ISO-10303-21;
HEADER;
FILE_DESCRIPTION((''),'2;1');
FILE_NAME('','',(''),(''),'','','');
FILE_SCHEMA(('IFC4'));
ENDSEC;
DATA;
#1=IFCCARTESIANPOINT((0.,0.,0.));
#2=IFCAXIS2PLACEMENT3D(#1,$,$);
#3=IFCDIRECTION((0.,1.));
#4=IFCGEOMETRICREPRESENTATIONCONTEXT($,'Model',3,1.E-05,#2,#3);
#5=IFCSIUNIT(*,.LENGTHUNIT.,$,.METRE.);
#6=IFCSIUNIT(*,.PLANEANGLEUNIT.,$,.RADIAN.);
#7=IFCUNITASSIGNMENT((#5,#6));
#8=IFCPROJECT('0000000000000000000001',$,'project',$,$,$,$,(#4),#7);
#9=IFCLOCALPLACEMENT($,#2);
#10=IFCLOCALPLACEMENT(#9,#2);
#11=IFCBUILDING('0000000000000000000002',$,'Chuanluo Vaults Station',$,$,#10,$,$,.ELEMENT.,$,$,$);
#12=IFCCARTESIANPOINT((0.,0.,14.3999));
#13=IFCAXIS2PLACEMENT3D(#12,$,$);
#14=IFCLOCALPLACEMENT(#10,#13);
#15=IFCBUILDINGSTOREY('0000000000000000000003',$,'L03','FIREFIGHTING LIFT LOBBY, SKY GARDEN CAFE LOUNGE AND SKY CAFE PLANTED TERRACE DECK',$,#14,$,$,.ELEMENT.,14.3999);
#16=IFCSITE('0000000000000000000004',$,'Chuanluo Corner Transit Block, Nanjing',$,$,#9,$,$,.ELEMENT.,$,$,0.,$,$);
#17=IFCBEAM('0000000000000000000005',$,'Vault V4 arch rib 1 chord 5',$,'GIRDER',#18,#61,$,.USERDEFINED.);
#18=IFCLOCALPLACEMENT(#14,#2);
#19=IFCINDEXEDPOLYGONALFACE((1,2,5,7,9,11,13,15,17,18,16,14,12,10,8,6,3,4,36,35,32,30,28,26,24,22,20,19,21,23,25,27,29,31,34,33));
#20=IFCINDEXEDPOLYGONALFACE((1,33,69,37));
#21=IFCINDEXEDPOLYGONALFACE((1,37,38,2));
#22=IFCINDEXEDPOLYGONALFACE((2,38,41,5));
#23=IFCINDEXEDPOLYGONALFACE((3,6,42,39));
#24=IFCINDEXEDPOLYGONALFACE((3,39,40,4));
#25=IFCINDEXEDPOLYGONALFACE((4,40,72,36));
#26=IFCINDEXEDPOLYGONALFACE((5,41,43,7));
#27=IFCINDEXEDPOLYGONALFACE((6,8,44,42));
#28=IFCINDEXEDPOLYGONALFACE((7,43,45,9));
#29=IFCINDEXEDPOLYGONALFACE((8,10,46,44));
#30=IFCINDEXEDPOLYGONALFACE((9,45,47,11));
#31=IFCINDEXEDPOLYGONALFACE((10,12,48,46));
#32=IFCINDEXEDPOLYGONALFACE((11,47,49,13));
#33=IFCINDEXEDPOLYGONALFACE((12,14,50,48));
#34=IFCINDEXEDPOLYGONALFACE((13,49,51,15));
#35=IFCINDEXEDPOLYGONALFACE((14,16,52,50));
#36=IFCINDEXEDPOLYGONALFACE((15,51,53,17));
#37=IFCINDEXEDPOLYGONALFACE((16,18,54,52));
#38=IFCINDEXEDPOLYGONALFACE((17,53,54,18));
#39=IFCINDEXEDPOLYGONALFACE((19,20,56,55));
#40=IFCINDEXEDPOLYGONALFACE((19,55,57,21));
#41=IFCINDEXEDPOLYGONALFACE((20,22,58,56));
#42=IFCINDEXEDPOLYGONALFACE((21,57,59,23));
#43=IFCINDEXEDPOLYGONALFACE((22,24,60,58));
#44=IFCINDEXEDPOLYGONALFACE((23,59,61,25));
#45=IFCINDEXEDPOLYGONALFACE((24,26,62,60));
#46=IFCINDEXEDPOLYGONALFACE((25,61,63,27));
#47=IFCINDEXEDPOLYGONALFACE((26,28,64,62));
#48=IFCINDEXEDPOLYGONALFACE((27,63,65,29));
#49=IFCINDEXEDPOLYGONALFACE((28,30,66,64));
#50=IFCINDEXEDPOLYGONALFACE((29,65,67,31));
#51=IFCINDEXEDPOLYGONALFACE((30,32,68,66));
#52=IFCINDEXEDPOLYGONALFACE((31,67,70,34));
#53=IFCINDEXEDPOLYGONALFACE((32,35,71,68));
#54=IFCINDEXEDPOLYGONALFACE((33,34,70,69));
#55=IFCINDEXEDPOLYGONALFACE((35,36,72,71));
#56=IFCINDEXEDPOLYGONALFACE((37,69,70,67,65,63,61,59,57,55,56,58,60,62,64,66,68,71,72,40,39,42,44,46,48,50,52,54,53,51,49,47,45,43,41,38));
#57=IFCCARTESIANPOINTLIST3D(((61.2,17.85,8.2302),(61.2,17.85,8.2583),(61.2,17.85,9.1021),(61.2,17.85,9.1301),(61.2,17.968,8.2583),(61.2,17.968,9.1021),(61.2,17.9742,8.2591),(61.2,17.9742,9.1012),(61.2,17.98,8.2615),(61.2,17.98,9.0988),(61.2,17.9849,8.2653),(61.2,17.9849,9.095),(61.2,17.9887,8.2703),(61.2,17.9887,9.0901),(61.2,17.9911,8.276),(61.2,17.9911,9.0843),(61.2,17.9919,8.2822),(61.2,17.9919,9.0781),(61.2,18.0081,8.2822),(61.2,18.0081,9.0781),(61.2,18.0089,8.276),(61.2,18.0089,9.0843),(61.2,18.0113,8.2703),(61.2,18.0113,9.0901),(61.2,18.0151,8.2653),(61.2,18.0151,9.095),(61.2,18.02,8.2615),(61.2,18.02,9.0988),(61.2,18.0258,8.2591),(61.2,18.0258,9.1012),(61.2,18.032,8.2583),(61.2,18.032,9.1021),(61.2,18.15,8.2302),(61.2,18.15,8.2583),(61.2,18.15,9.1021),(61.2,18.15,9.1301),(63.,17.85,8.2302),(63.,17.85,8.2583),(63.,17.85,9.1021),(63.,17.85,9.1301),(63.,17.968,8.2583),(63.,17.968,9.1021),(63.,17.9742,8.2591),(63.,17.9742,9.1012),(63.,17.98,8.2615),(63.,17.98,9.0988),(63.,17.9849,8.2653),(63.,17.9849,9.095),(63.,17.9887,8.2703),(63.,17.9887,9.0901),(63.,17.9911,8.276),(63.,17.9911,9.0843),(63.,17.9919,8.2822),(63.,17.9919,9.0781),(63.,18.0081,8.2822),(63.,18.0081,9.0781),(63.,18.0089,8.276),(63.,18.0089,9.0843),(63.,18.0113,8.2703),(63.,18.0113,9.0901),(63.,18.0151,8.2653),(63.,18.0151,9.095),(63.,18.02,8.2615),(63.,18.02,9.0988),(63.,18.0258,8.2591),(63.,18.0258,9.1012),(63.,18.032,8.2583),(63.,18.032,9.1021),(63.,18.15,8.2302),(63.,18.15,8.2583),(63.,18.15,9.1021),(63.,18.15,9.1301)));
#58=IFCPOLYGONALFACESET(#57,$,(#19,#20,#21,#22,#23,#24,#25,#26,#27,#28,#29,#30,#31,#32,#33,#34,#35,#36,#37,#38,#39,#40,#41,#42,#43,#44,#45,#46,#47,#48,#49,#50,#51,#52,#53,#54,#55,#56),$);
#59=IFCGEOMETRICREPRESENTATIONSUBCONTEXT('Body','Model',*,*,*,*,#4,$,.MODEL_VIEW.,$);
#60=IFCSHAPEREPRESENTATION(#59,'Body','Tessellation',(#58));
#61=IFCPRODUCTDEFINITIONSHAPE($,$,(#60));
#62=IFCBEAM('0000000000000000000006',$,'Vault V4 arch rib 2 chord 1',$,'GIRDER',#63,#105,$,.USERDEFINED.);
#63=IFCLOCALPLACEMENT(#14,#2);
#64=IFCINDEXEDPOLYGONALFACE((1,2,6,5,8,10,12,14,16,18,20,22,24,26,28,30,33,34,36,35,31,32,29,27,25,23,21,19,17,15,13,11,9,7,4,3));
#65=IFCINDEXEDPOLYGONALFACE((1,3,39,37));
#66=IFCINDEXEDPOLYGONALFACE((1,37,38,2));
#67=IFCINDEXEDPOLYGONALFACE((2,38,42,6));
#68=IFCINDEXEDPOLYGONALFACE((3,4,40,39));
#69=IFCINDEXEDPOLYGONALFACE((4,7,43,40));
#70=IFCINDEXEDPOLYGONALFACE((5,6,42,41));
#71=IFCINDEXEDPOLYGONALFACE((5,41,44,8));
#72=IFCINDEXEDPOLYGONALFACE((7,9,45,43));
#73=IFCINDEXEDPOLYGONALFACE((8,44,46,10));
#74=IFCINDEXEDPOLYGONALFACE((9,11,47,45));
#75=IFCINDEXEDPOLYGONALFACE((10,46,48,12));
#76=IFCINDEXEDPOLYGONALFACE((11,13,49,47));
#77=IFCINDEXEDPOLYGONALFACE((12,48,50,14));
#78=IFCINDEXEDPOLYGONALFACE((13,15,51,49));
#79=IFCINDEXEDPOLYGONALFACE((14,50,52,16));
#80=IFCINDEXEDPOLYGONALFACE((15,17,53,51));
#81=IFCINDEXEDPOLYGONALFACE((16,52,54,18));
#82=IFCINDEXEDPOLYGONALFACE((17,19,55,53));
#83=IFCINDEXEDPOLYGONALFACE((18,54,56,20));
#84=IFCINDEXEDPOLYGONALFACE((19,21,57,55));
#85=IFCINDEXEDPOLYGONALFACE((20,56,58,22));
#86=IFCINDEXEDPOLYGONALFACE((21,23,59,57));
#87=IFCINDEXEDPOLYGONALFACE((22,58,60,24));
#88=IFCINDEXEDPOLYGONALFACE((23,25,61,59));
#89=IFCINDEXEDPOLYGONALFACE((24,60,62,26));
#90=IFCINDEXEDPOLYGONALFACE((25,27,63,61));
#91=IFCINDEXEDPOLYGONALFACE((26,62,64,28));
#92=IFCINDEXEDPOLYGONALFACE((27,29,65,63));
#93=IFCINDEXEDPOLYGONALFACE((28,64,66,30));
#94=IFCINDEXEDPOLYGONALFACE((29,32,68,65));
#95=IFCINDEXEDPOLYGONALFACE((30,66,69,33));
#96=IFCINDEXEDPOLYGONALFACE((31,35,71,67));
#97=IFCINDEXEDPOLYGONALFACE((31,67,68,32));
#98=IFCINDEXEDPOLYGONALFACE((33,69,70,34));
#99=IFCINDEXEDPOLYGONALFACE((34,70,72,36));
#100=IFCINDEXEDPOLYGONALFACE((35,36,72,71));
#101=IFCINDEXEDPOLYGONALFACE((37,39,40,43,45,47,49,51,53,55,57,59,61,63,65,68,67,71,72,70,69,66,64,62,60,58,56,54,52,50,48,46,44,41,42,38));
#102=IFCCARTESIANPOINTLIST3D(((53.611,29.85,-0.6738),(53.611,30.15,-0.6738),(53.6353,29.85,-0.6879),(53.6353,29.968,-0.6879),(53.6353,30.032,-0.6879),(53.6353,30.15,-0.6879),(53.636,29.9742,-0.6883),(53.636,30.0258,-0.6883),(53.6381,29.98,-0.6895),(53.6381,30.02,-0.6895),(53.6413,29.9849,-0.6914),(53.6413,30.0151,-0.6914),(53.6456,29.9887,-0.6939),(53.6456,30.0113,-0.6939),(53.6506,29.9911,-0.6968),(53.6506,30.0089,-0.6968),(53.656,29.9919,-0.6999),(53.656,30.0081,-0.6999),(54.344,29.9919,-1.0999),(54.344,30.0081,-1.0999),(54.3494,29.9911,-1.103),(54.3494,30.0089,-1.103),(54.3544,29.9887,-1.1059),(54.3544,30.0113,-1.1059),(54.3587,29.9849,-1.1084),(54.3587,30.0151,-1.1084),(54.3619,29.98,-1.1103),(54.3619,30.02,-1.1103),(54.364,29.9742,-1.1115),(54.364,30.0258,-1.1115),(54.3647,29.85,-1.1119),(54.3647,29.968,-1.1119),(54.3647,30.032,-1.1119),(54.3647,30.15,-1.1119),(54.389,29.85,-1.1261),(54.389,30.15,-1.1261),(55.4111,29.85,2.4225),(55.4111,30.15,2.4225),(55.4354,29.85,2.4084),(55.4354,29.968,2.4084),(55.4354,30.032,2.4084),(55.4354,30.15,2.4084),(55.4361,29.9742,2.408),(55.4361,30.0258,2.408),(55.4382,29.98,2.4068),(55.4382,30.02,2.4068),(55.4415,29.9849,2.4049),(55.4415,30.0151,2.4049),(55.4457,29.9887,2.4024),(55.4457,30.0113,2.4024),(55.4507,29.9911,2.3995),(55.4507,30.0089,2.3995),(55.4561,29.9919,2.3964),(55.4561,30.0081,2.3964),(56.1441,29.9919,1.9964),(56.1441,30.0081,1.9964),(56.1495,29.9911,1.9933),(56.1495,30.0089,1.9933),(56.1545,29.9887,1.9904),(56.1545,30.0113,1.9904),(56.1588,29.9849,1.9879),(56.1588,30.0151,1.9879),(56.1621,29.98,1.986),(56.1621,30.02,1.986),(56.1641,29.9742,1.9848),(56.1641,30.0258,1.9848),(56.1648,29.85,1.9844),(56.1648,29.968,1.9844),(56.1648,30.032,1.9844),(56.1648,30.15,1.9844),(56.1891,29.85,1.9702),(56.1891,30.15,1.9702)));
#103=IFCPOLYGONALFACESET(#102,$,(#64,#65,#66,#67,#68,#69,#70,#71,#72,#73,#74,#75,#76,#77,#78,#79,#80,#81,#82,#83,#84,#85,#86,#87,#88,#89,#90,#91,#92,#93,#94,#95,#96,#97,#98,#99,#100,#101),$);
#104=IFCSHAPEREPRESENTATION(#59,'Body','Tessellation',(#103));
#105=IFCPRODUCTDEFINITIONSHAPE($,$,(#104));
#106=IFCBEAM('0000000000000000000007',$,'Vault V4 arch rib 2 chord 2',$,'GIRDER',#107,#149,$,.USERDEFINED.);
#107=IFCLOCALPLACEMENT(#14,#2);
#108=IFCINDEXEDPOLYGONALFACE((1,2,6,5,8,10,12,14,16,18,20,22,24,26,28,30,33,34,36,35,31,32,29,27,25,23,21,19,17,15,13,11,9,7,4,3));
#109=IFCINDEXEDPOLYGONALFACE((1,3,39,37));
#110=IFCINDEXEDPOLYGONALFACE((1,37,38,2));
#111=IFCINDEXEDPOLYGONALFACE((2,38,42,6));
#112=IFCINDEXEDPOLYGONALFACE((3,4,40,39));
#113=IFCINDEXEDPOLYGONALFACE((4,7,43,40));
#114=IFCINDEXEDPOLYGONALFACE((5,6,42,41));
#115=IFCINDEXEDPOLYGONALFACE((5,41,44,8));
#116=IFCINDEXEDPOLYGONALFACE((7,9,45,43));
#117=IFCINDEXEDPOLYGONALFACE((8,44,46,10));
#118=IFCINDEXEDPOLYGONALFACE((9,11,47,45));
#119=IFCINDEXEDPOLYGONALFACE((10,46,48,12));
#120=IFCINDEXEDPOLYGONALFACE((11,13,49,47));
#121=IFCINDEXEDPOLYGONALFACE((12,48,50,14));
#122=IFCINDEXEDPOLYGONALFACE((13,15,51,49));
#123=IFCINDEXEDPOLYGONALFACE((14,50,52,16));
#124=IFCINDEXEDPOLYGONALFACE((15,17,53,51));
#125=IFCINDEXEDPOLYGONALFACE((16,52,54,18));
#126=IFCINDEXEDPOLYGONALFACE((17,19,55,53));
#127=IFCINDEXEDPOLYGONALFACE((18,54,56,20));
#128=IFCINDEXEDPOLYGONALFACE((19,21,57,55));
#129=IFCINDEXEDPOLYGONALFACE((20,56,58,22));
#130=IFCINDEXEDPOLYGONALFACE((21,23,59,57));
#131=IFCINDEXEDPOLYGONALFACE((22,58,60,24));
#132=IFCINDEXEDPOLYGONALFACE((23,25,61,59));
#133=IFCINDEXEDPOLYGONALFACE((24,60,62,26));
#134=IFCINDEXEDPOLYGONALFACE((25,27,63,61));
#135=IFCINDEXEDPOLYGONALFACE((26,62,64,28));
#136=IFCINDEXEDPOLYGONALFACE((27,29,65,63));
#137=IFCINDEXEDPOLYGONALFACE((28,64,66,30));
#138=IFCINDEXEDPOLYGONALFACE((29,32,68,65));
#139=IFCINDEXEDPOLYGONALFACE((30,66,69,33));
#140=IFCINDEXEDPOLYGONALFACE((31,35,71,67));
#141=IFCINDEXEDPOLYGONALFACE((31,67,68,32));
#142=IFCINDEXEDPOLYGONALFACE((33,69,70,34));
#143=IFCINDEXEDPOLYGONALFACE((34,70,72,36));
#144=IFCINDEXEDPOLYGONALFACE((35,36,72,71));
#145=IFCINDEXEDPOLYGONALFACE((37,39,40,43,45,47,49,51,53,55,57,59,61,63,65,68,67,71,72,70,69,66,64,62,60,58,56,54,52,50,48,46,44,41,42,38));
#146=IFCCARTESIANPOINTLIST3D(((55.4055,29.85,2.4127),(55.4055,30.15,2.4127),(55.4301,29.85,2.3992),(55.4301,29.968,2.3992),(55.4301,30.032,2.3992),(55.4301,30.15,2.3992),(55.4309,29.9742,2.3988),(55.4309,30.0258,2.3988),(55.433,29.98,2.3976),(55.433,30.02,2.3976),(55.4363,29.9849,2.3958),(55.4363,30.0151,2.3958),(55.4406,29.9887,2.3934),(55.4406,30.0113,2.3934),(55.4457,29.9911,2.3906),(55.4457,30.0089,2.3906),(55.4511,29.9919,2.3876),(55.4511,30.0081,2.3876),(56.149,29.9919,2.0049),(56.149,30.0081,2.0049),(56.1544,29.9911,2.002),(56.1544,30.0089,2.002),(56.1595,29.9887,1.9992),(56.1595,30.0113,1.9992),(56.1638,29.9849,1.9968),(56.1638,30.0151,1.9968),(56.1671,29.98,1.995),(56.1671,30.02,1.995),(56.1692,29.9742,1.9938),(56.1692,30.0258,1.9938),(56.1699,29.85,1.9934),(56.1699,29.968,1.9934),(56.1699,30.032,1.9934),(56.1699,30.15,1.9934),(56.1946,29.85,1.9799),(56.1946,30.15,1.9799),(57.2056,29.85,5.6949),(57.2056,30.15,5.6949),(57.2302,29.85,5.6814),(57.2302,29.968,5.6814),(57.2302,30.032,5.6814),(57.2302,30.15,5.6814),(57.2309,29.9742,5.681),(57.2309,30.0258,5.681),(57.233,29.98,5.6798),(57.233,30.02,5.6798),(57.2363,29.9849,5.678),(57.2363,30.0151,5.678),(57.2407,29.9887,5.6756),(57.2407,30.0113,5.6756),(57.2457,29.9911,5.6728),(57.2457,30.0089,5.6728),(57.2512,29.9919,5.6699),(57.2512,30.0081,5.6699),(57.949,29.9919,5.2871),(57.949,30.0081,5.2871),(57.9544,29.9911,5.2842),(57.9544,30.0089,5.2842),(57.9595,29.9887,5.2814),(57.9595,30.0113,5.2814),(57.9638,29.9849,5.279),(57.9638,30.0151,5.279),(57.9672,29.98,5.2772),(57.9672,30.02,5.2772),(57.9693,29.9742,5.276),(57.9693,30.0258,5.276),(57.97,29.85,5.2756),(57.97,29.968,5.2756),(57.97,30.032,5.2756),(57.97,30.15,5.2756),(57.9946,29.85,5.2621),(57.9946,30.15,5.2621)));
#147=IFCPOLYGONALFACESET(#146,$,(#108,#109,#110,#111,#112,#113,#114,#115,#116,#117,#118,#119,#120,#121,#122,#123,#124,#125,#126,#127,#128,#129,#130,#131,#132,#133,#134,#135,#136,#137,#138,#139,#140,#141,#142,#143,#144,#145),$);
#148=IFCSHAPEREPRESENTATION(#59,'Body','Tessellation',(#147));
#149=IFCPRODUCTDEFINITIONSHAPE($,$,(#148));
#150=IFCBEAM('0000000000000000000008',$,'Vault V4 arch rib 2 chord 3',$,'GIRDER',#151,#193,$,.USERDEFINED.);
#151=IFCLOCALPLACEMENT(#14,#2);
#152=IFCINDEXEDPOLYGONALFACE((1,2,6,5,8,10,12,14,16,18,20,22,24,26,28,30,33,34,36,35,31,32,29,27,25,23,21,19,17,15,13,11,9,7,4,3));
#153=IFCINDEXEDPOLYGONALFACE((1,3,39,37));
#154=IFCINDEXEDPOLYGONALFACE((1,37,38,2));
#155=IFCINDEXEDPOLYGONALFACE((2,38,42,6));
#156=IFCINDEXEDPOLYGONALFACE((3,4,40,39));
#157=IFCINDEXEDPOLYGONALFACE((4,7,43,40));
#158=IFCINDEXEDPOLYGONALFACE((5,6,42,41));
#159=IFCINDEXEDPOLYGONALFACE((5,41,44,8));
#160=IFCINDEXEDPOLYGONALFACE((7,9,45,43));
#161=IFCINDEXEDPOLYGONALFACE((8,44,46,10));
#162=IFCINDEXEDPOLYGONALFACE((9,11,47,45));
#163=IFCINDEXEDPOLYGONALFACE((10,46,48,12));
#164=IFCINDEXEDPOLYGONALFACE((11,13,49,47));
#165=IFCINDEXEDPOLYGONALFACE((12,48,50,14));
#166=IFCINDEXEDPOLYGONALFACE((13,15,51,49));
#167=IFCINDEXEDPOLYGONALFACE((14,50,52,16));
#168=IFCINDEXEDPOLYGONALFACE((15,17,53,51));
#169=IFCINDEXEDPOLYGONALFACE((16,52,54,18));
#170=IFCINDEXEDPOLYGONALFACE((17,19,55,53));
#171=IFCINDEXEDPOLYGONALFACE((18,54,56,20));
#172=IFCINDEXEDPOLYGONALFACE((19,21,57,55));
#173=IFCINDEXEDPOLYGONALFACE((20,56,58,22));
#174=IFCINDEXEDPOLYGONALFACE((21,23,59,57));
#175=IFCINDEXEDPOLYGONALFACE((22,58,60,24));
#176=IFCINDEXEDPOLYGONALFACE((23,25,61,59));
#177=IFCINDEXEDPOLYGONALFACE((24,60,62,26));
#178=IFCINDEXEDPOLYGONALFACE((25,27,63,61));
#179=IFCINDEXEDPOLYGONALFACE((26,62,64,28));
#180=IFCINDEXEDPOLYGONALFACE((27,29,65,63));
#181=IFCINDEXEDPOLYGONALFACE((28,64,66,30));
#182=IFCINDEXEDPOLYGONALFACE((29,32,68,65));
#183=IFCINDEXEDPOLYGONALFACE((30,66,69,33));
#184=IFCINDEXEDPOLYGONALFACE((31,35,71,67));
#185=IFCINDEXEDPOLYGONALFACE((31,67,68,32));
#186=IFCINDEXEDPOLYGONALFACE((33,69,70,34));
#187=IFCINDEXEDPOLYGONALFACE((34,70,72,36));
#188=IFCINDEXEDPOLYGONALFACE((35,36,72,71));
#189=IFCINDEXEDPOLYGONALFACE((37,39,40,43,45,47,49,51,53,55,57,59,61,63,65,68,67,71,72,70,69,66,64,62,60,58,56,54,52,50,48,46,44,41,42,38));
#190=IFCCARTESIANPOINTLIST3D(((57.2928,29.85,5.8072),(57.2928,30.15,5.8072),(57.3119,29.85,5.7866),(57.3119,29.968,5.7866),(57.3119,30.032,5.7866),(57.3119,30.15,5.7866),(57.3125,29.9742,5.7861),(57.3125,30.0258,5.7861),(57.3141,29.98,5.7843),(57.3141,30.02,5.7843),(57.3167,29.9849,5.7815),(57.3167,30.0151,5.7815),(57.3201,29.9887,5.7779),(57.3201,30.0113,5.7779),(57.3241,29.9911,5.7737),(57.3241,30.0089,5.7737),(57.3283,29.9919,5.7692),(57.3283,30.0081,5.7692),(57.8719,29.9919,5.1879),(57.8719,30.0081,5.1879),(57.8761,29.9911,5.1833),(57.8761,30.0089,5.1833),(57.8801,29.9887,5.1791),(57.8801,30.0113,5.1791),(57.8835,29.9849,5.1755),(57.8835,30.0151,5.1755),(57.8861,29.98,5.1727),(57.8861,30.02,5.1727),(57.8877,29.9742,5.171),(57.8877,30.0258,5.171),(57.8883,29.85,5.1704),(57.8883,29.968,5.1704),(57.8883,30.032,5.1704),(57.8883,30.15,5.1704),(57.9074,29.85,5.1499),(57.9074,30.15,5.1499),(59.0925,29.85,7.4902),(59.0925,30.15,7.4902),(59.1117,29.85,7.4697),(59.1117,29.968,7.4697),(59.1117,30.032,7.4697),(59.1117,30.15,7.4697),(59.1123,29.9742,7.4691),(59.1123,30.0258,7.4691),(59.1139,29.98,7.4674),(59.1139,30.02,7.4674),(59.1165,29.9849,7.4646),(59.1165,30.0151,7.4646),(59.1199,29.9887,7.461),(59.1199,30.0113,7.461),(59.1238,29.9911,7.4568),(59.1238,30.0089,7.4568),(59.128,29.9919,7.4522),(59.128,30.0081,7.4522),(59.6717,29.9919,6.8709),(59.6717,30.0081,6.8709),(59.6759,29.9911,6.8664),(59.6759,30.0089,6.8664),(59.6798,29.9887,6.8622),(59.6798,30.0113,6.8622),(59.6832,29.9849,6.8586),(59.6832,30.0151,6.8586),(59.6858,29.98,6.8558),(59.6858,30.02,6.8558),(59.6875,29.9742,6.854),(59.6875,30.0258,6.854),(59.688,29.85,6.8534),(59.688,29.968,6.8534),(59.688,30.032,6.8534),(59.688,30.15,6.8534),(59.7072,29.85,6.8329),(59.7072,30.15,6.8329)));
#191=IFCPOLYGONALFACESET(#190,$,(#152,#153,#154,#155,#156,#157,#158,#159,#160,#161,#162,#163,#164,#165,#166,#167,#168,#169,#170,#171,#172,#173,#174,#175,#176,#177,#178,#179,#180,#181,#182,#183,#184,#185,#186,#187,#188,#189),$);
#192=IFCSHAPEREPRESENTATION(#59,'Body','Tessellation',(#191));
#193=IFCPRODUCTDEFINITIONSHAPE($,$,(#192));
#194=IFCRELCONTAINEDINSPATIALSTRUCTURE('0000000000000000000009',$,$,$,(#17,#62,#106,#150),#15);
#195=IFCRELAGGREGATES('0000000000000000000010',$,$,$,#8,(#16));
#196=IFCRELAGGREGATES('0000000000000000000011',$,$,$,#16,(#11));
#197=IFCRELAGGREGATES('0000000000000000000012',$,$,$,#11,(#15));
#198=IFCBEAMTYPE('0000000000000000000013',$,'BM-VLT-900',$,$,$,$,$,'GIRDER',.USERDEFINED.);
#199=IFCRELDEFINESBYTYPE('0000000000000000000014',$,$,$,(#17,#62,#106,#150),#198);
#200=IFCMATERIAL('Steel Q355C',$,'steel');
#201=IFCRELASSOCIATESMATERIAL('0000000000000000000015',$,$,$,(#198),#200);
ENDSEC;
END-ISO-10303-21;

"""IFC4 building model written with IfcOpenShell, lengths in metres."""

from ifc_helpers import new_model, si_unit, direction, frame, origin, origin_2d, place, context, subcontext, project, spatial, i_section, extrude, material, material_profile, profile_set, type_object, element, save


model = new_model("IFC4")

# Units and contexts
model_context = context("Model", 3, precision=1e-05, world=origin(), true_north=direction((0.0, 1.0)))
body_context = subcontext(model_context, "Body", "Model", "MODEL_VIEW")
ifc_project = project(units=[si_unit("LENGTHUNIT", "METRE"), si_unit("PLANEANGLEUNIT", "RADIAN")], contexts=[model_context])

# Site, building, storey
site_placement = place(None, origin())
site = spatial("IfcSite", under=ifc_project, at=site_placement, Name="Chuanluo Corner Transit Block, Nanjing", CompositionType="ELEMENT", RefElevation=0.0)
building_placement = place(site_placement, origin())
building = spatial("IfcBuilding", under=site, at=building_placement, Name="Chuanluo Vaults Station", CompositionType="ELEMENT")
storey_placement = place(building_placement, frame((0.0, 0.0, 14.3999)))
storey = spatial("IfcBuildingStorey", under=building, at=storey_placement, Name="L03", Description="FIREFIGHTING LIFT LOBBY, SKY GARDEN CAFE LOUNGE AND SKY CAFE PLANTED TERRACE DECK", CompositionType="ELEMENT", Elevation=14.3999)

# Beams
ifc_material_1 = material(Name="Steel Q355C", Category="steel")
ifc_material_profile_1 = material_profile(ifc_material_1, i_section(OverallWidth=0.3, OverallDepth=0.8999, WebThickness=0.0161, FlangeThickness=0.0281, FilletRadius=0.0239, at=origin_2d()))
ifc_profile_set_1 = profile_set([ifc_material_profile_1], Name="Steel Q355C")
beam_type_1 = type_object("IfcBeamType", Name="BM-VLT-900", ElementType="GIRDER", PredefinedType="USERDEFINED", material=ifc_profile_set_1)
beam_1_placement = place(storey_placement, frame((61.2, 18.0, 8.6802), z_axis=(1.0, 0.0, 0.0), x_axis=(0.0, 1.0, 0.0)))
element("IfcBeam", 1, at=beam_1_placement, inside=storey, type_object=beam_type_1, Name="Vault V4 arch rib 1 chord 5", ObjectType="GIRDER", PredefinedType="USERDEFINED", context=body_context, shape_type="SweptSolid", body=[
    extrude(i_section(OverallWidth=0.3, OverallDepth=0.8999, WebThickness=0.0161, FlangeThickness=0.0281, FilletRadius=0.0239, at=origin_2d()), origin(), (0.0, 0.0, 1.0), 1.8),
])
beam_2_placement = place(storey_placement, frame((54.0, 30.0, -0.8999), z_axis=(0.502607, 0.0, 0.864515), x_axis=(0.0, 1.0, 0.0)))
element("IfcBeam", 2, at=beam_2_placement, inside=storey, type_object=beam_type_1, Name="Vault V4 arch rib 2 chord 1", ObjectType="GIRDER", PredefinedType="USERDEFINED", context=body_context, shape_type="SweptSolid", body=[
    extrude(i_section(OverallWidth=0.3, OverallDepth=0.8999, WebThickness=0.0161, FlangeThickness=0.0281, FilletRadius=0.0239, at=origin_2d()), origin(), (0.0, 0.0, 1.0), 3.5815),
])
beam_3_placement = place(storey_placement, frame((55.8, 30.0, 2.1963), z_axis=(0.480857, 0.0, 0.876799), x_axis=(0.0, 1.0, 0.0)))
element("IfcBeam", 3, at=beam_3_placement, inside=storey, type_object=beam_type_1, Name="Vault V4 arch rib 2 chord 2", ObjectType="GIRDER", PredefinedType="USERDEFINED", context=body_context, shape_type="SweptSolid", body=[
    extrude(i_section(OverallWidth=0.3, OverallDepth=0.8999, WebThickness=0.0161, FlangeThickness=0.0281, FilletRadius=0.0239, at=origin_2d()), origin(), (0.0, 0.0, 1.0), 3.7434),
])
beam_4_placement = place(storey_placement, frame((57.6001, 30.0, 5.4785), z_axis=(0.730389, 0.0, 0.683031), x_axis=(0.0, 1.0, 0.0)))
element("IfcBeam", 4, at=beam_4_placement, inside=storey, type_object=beam_type_1, Name="Vault V4 arch rib 2 chord 3", ObjectType="GIRDER", PredefinedType="USERDEFINED", context=body_context, shape_type="SweptSolid", body=[
    extrude(i_section(OverallWidth=0.3, OverallDepth=0.8999, WebThickness=0.0161, FlangeThickness=0.0281, FilletRadius=0.0239, at=origin_2d()), origin(), (0.0, 0.0, 1.0), 2.4641),
])

save(model, "model.ifc")
